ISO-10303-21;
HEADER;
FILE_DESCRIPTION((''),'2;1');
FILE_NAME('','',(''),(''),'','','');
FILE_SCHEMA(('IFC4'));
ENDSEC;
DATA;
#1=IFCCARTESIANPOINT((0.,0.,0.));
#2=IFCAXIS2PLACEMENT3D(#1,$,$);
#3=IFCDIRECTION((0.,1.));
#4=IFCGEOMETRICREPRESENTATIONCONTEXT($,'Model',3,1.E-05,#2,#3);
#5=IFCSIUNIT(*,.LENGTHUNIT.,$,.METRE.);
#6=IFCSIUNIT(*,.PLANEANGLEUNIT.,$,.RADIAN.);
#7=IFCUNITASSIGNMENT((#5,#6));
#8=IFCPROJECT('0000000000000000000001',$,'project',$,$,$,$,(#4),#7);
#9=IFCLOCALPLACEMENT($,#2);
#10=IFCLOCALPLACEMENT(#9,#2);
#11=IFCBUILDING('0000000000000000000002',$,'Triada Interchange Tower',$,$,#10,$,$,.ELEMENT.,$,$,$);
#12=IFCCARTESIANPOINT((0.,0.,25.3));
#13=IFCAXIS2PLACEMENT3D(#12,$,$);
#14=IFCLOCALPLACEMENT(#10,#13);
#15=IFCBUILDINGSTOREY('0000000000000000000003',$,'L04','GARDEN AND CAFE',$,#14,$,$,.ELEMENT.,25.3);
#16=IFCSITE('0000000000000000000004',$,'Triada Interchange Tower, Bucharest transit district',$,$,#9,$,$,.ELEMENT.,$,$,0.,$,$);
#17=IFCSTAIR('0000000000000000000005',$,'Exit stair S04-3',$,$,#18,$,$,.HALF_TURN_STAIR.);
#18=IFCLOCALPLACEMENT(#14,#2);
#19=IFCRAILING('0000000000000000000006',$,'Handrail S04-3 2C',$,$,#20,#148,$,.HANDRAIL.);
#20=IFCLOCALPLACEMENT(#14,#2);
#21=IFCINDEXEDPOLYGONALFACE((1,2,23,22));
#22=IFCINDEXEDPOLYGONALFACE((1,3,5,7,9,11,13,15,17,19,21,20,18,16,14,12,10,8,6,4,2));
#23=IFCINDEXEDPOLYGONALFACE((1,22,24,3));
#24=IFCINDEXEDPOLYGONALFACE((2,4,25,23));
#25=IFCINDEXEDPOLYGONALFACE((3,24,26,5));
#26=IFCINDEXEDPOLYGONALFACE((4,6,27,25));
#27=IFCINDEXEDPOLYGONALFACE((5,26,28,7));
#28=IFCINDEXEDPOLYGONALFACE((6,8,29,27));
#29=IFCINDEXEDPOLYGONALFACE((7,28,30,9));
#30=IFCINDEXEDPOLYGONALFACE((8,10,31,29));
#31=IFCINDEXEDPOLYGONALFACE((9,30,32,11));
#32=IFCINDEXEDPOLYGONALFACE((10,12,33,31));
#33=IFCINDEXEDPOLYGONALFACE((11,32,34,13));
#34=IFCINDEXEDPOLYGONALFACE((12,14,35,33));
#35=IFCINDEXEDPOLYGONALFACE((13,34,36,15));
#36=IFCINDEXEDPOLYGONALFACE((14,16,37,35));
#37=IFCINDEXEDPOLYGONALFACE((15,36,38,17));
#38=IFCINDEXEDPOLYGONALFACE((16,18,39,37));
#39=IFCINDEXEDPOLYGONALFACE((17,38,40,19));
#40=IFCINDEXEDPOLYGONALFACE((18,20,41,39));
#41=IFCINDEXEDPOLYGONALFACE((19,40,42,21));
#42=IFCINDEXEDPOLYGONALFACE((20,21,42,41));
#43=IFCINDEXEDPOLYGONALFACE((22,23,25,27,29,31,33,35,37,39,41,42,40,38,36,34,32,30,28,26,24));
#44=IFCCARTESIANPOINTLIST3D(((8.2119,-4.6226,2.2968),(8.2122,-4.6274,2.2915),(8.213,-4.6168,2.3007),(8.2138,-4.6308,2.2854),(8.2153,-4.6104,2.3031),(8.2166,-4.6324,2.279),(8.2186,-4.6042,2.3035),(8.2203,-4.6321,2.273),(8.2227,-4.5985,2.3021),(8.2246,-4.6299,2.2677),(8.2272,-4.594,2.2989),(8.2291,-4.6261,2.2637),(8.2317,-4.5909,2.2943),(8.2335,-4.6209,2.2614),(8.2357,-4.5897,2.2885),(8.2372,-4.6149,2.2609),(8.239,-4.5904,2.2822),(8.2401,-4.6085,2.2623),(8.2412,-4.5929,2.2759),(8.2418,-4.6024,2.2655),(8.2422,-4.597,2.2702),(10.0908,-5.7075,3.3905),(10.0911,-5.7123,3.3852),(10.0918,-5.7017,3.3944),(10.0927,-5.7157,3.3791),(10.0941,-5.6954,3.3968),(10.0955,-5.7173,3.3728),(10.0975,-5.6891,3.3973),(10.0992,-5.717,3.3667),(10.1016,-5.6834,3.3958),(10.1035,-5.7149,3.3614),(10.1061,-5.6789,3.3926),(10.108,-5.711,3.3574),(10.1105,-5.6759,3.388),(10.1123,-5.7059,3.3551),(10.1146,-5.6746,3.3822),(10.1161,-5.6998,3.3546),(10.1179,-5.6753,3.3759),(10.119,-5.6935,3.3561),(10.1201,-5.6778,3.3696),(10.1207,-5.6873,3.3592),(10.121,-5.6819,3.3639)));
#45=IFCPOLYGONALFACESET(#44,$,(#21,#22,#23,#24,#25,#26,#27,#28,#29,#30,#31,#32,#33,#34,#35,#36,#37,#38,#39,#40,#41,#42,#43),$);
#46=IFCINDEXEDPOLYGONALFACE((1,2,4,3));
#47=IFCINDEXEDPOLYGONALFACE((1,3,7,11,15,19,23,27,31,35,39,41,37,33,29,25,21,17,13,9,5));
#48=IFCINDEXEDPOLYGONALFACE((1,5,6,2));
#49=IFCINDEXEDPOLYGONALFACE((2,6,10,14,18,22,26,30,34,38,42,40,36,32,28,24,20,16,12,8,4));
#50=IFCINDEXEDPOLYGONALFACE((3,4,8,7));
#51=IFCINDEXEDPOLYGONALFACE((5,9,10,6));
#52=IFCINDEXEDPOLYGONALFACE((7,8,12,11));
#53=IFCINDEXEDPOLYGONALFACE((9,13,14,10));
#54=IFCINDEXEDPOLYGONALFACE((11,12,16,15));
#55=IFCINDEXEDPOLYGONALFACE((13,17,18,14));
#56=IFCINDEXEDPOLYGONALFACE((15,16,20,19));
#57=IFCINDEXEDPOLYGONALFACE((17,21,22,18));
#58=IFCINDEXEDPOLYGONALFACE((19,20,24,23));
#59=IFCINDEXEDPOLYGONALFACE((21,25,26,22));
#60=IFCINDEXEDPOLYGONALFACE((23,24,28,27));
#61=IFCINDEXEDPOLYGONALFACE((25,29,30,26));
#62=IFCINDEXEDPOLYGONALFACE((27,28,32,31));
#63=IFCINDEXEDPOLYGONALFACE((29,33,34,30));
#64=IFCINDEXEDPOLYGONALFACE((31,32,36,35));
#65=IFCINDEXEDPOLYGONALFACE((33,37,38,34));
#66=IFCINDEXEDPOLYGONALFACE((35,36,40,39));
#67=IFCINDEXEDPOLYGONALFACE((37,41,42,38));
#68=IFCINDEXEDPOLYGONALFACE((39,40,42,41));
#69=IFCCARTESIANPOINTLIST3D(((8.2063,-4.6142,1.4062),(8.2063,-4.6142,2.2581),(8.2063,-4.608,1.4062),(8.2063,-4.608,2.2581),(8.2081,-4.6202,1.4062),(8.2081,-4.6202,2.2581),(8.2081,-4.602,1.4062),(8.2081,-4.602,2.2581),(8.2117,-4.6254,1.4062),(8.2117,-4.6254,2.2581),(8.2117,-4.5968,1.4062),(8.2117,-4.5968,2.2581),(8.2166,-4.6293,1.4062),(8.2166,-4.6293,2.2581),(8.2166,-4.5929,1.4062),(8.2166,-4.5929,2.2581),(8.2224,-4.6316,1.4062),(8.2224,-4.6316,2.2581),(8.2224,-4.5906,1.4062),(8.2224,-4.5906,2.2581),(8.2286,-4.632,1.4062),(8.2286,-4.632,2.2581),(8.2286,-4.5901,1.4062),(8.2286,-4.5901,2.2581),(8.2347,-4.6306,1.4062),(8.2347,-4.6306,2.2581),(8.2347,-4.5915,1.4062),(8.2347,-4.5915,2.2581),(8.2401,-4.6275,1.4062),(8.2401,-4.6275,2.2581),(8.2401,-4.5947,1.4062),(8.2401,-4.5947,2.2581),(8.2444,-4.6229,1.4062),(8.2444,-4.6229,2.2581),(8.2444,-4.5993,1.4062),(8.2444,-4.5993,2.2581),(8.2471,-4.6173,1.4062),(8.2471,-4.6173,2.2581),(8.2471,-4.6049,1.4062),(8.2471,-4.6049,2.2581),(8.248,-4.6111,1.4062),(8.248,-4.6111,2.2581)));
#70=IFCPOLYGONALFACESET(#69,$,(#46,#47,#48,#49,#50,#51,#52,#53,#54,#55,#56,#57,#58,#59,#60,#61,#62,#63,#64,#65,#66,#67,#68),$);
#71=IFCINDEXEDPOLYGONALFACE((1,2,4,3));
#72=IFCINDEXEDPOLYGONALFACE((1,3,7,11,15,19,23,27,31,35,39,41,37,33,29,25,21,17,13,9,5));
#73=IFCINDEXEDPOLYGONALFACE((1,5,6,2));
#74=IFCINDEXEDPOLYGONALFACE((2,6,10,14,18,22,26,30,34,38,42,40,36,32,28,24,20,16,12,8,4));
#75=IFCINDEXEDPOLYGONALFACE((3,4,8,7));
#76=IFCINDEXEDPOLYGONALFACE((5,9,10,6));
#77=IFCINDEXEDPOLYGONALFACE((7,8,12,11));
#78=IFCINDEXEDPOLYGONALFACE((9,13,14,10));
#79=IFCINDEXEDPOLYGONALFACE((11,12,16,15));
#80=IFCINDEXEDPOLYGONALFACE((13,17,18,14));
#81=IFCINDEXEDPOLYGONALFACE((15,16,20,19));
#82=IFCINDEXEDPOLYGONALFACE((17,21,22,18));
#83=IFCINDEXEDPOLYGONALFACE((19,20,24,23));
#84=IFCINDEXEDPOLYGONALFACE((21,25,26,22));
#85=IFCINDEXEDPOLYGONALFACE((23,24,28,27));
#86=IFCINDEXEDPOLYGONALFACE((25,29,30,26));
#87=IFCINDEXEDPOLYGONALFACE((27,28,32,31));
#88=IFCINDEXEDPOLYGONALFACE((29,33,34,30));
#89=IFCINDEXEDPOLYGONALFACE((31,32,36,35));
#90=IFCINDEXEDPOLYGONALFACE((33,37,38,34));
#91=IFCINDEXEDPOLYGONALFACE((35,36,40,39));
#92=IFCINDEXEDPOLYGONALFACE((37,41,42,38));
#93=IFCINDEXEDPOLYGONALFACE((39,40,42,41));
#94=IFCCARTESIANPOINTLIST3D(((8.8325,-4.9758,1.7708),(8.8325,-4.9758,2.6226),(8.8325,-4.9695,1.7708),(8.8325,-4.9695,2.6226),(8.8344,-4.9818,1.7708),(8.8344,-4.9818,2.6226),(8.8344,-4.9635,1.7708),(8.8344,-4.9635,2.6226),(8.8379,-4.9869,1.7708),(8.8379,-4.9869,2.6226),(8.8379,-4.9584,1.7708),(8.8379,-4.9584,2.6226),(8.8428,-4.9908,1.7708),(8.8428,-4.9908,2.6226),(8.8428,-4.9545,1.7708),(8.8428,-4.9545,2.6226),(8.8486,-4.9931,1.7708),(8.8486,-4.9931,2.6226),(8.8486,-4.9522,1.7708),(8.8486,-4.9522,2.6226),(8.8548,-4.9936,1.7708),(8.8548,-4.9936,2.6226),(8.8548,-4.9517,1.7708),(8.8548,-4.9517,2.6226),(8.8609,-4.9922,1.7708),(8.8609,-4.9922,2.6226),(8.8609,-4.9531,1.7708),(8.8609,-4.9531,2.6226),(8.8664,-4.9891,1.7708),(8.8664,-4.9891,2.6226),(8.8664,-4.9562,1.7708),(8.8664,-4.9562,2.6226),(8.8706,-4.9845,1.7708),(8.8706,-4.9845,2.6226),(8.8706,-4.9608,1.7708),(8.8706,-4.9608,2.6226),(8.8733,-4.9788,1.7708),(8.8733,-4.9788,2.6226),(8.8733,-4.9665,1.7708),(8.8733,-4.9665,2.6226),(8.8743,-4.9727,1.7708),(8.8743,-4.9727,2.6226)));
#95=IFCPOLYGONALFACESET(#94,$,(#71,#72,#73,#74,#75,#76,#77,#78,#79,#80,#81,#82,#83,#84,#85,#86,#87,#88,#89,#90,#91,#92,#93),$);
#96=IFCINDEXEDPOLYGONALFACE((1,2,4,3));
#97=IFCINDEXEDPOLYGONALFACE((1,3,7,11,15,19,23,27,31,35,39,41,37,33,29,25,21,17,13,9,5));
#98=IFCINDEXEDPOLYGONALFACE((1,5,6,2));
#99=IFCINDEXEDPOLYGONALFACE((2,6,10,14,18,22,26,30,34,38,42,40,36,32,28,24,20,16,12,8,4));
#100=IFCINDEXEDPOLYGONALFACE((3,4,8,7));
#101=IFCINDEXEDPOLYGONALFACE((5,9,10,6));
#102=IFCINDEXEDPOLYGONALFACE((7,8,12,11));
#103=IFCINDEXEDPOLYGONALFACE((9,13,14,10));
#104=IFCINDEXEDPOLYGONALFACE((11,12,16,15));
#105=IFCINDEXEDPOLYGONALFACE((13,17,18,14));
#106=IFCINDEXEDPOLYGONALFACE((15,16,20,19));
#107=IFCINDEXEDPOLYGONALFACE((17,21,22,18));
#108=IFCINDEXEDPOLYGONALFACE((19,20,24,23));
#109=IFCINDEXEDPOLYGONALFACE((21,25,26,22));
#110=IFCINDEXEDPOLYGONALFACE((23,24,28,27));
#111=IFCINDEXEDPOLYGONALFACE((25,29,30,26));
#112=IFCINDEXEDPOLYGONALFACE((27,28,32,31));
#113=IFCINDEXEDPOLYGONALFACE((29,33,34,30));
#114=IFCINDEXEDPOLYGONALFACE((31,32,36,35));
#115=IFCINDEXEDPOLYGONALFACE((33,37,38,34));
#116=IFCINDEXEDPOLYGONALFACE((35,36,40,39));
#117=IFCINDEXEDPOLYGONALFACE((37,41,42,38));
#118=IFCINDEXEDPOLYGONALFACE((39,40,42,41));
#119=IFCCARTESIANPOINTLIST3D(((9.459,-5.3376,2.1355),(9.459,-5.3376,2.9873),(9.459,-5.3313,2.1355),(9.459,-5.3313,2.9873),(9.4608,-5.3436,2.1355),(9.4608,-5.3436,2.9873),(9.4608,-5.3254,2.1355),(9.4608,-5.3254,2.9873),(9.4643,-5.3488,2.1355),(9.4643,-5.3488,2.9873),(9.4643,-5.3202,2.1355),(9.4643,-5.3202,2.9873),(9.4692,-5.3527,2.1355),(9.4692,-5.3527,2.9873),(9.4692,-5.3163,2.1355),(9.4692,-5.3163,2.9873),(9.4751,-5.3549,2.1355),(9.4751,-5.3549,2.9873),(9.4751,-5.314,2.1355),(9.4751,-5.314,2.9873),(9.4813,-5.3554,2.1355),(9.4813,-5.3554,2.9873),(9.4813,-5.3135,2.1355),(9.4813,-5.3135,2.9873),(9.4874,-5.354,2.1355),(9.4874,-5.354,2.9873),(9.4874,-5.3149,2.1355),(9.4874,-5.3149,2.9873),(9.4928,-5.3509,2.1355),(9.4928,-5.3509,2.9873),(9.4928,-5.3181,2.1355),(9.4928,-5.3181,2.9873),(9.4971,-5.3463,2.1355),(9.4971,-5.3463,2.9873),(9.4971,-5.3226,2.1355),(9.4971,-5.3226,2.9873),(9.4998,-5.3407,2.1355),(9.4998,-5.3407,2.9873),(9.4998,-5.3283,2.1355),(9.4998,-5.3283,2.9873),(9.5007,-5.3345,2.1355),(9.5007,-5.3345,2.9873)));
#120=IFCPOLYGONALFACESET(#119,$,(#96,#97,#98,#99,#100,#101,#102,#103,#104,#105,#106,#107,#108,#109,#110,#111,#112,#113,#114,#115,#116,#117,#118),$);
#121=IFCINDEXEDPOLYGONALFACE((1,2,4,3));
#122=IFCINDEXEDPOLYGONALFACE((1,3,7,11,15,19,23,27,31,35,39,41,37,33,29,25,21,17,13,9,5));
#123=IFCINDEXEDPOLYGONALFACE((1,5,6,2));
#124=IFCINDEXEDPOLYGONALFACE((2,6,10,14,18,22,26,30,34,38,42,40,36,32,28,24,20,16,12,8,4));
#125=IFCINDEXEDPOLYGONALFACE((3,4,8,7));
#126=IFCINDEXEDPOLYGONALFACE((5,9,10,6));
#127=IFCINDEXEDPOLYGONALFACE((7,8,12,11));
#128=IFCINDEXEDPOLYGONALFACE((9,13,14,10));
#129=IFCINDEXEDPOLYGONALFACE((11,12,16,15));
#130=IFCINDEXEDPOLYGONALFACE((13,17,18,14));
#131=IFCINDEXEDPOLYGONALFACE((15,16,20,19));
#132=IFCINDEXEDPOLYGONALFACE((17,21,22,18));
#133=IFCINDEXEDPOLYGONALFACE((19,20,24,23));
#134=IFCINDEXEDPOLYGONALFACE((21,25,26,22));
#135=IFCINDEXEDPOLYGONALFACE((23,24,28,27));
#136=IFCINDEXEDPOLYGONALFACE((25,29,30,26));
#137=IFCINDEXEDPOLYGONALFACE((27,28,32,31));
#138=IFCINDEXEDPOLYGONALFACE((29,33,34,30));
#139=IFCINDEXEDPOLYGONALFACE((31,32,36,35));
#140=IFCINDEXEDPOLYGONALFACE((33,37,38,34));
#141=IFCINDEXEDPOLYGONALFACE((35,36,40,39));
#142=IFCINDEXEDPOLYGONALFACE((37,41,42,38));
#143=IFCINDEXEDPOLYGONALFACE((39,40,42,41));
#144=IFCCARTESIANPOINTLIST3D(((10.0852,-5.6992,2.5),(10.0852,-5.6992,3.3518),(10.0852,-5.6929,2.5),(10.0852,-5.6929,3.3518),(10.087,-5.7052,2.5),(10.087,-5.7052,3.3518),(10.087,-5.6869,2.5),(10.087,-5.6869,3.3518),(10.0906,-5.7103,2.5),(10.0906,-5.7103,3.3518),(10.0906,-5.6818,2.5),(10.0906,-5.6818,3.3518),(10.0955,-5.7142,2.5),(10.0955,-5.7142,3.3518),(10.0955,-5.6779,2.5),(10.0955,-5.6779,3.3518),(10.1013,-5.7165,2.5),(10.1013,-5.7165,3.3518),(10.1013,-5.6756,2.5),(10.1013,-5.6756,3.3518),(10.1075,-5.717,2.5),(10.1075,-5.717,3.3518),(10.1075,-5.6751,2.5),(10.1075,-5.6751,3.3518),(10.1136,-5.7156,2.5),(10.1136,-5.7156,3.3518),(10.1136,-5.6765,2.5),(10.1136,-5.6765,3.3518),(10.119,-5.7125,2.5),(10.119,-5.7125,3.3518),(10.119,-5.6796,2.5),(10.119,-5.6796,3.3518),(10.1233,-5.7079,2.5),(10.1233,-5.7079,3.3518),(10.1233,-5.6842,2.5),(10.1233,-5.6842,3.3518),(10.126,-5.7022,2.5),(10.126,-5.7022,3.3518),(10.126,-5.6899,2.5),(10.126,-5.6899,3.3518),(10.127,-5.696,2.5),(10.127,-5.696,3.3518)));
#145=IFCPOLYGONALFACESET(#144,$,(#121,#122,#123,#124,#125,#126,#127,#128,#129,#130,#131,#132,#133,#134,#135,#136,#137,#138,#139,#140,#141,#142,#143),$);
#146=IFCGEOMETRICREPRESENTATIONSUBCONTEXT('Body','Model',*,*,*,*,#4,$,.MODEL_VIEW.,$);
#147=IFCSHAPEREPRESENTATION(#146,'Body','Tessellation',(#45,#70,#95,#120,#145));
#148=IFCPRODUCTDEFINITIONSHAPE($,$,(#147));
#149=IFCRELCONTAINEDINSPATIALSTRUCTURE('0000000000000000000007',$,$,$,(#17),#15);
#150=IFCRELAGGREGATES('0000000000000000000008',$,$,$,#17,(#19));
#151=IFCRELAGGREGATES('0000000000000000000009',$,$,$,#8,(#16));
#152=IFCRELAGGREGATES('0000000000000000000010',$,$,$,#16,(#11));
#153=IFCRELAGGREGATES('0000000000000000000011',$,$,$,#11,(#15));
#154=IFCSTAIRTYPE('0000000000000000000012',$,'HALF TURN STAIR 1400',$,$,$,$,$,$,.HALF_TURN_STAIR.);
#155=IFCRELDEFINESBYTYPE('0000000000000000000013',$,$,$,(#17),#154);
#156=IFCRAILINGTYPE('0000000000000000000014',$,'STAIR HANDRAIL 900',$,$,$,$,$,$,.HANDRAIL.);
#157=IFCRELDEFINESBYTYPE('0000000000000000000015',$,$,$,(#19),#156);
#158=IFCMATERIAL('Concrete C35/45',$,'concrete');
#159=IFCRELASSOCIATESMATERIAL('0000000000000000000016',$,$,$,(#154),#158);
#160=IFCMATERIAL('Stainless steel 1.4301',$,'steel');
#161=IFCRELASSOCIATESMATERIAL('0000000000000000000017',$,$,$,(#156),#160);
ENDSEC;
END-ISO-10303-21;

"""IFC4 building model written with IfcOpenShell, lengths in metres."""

from ifc_helpers import new_model, si_unit, direction, frame, origin, origin_2d, place, context, subcontext, project, spatial, circle, extrude, material, type_object, element, aggregate, save


model = new_model("IFC4")

# Units and contexts
model_context = context("Model", 3, precision=1e-05, world=origin(), true_north=direction((0.0, 1.0)))
body_context = subcontext(model_context, "Body", "Model", "MODEL_VIEW")
ifc_project = project(units=[si_unit("LENGTHUNIT", "METRE"), si_unit("PLANEANGLEUNIT", "RADIAN")], contexts=[model_context])

# Site, building, storey
site_placement = place(None, origin())
site = spatial("IfcSite", under=ifc_project, at=site_placement, Name="Triada Interchange Tower, Bucharest transit district", CompositionType="ELEMENT", RefElevation=0.0)
building_placement = place(site_placement, origin())
building = spatial("IfcBuilding", under=site, at=building_placement, Name="Triada Interchange Tower", CompositionType="ELEMENT")
storey_placement = place(building_placement, frame((0.0, 0.0, 25.3)))
storey = spatial("IfcBuildingStorey", under=building, at=storey_placement, Name="L04", Description="GARDEN AND CAFE", CompositionType="ELEMENT", Elevation=25.3)

# Shared definitions
ifc_material_1 = material(Name="Concrete C35/45", Category="concrete")
stair_type = type_object("IfcStairType", Name="HALF TURN STAIR 1400", PredefinedType="HALF_TURN_STAIR", material=ifc_material_1)

# Stair, railing
stair_1_placement = place(storey_placement, origin())
stair_1 = element("IfcStair", 1, at=stair_1_placement, inside=storey, type_object=stair_type, Name="Exit stair S04-3", PredefinedType="HALF_TURN_STAIR")
ifc_material_2 = material(Name="Stainless steel 1.4301", Category="steel")
railing_type = type_object("IfcRailingType", Name="STAIR HANDRAIL 900", PredefinedType="HANDRAIL", material=ifc_material_2)
railing_1_placement = place(storey_placement, frame((8.2271, -4.6111, 1.4062)))
railing_1 = element("IfcRailing", 2, at=railing_1_placement, type_object=railing_type, Name="Handrail S04-3 2C", PredefinedType="HANDRAIL", context=body_context, shape_type="SweptSolid", body=[
    extrude(circle(Radius=0.0239, at=origin_2d()), frame((0.0, 0.0, 0.876), z_axis=(0.77329, -0.446531, 0.450148), x_axis=(0.50006, 0.865991, 0.0)), (0.0, 0.0, 1.0), 2.4297),
    extrude(circle(Radius=0.021, at=origin_2d()), origin(), (0.0, 0.0, 1.0), 0.8518),
    extrude(circle(Radius=0.021, at=origin_2d()), frame((0.6262, -0.3616, 0.3645)), (0.0, 0.0, 1.0), 0.8518),
    extrude(circle(Radius=0.021, at=origin_2d()), frame((1.2527, -0.7234, 0.7292)), (0.0, 0.0, 1.0), 0.8518),
    extrude(circle(Radius=0.021, at=origin_2d()), frame((1.8789, -1.085, 1.0938)), (0.0, 0.0, 1.0), 0.8518),
])
aggregate(stair_1, [railing_1])

save(model, "model.ifc")
